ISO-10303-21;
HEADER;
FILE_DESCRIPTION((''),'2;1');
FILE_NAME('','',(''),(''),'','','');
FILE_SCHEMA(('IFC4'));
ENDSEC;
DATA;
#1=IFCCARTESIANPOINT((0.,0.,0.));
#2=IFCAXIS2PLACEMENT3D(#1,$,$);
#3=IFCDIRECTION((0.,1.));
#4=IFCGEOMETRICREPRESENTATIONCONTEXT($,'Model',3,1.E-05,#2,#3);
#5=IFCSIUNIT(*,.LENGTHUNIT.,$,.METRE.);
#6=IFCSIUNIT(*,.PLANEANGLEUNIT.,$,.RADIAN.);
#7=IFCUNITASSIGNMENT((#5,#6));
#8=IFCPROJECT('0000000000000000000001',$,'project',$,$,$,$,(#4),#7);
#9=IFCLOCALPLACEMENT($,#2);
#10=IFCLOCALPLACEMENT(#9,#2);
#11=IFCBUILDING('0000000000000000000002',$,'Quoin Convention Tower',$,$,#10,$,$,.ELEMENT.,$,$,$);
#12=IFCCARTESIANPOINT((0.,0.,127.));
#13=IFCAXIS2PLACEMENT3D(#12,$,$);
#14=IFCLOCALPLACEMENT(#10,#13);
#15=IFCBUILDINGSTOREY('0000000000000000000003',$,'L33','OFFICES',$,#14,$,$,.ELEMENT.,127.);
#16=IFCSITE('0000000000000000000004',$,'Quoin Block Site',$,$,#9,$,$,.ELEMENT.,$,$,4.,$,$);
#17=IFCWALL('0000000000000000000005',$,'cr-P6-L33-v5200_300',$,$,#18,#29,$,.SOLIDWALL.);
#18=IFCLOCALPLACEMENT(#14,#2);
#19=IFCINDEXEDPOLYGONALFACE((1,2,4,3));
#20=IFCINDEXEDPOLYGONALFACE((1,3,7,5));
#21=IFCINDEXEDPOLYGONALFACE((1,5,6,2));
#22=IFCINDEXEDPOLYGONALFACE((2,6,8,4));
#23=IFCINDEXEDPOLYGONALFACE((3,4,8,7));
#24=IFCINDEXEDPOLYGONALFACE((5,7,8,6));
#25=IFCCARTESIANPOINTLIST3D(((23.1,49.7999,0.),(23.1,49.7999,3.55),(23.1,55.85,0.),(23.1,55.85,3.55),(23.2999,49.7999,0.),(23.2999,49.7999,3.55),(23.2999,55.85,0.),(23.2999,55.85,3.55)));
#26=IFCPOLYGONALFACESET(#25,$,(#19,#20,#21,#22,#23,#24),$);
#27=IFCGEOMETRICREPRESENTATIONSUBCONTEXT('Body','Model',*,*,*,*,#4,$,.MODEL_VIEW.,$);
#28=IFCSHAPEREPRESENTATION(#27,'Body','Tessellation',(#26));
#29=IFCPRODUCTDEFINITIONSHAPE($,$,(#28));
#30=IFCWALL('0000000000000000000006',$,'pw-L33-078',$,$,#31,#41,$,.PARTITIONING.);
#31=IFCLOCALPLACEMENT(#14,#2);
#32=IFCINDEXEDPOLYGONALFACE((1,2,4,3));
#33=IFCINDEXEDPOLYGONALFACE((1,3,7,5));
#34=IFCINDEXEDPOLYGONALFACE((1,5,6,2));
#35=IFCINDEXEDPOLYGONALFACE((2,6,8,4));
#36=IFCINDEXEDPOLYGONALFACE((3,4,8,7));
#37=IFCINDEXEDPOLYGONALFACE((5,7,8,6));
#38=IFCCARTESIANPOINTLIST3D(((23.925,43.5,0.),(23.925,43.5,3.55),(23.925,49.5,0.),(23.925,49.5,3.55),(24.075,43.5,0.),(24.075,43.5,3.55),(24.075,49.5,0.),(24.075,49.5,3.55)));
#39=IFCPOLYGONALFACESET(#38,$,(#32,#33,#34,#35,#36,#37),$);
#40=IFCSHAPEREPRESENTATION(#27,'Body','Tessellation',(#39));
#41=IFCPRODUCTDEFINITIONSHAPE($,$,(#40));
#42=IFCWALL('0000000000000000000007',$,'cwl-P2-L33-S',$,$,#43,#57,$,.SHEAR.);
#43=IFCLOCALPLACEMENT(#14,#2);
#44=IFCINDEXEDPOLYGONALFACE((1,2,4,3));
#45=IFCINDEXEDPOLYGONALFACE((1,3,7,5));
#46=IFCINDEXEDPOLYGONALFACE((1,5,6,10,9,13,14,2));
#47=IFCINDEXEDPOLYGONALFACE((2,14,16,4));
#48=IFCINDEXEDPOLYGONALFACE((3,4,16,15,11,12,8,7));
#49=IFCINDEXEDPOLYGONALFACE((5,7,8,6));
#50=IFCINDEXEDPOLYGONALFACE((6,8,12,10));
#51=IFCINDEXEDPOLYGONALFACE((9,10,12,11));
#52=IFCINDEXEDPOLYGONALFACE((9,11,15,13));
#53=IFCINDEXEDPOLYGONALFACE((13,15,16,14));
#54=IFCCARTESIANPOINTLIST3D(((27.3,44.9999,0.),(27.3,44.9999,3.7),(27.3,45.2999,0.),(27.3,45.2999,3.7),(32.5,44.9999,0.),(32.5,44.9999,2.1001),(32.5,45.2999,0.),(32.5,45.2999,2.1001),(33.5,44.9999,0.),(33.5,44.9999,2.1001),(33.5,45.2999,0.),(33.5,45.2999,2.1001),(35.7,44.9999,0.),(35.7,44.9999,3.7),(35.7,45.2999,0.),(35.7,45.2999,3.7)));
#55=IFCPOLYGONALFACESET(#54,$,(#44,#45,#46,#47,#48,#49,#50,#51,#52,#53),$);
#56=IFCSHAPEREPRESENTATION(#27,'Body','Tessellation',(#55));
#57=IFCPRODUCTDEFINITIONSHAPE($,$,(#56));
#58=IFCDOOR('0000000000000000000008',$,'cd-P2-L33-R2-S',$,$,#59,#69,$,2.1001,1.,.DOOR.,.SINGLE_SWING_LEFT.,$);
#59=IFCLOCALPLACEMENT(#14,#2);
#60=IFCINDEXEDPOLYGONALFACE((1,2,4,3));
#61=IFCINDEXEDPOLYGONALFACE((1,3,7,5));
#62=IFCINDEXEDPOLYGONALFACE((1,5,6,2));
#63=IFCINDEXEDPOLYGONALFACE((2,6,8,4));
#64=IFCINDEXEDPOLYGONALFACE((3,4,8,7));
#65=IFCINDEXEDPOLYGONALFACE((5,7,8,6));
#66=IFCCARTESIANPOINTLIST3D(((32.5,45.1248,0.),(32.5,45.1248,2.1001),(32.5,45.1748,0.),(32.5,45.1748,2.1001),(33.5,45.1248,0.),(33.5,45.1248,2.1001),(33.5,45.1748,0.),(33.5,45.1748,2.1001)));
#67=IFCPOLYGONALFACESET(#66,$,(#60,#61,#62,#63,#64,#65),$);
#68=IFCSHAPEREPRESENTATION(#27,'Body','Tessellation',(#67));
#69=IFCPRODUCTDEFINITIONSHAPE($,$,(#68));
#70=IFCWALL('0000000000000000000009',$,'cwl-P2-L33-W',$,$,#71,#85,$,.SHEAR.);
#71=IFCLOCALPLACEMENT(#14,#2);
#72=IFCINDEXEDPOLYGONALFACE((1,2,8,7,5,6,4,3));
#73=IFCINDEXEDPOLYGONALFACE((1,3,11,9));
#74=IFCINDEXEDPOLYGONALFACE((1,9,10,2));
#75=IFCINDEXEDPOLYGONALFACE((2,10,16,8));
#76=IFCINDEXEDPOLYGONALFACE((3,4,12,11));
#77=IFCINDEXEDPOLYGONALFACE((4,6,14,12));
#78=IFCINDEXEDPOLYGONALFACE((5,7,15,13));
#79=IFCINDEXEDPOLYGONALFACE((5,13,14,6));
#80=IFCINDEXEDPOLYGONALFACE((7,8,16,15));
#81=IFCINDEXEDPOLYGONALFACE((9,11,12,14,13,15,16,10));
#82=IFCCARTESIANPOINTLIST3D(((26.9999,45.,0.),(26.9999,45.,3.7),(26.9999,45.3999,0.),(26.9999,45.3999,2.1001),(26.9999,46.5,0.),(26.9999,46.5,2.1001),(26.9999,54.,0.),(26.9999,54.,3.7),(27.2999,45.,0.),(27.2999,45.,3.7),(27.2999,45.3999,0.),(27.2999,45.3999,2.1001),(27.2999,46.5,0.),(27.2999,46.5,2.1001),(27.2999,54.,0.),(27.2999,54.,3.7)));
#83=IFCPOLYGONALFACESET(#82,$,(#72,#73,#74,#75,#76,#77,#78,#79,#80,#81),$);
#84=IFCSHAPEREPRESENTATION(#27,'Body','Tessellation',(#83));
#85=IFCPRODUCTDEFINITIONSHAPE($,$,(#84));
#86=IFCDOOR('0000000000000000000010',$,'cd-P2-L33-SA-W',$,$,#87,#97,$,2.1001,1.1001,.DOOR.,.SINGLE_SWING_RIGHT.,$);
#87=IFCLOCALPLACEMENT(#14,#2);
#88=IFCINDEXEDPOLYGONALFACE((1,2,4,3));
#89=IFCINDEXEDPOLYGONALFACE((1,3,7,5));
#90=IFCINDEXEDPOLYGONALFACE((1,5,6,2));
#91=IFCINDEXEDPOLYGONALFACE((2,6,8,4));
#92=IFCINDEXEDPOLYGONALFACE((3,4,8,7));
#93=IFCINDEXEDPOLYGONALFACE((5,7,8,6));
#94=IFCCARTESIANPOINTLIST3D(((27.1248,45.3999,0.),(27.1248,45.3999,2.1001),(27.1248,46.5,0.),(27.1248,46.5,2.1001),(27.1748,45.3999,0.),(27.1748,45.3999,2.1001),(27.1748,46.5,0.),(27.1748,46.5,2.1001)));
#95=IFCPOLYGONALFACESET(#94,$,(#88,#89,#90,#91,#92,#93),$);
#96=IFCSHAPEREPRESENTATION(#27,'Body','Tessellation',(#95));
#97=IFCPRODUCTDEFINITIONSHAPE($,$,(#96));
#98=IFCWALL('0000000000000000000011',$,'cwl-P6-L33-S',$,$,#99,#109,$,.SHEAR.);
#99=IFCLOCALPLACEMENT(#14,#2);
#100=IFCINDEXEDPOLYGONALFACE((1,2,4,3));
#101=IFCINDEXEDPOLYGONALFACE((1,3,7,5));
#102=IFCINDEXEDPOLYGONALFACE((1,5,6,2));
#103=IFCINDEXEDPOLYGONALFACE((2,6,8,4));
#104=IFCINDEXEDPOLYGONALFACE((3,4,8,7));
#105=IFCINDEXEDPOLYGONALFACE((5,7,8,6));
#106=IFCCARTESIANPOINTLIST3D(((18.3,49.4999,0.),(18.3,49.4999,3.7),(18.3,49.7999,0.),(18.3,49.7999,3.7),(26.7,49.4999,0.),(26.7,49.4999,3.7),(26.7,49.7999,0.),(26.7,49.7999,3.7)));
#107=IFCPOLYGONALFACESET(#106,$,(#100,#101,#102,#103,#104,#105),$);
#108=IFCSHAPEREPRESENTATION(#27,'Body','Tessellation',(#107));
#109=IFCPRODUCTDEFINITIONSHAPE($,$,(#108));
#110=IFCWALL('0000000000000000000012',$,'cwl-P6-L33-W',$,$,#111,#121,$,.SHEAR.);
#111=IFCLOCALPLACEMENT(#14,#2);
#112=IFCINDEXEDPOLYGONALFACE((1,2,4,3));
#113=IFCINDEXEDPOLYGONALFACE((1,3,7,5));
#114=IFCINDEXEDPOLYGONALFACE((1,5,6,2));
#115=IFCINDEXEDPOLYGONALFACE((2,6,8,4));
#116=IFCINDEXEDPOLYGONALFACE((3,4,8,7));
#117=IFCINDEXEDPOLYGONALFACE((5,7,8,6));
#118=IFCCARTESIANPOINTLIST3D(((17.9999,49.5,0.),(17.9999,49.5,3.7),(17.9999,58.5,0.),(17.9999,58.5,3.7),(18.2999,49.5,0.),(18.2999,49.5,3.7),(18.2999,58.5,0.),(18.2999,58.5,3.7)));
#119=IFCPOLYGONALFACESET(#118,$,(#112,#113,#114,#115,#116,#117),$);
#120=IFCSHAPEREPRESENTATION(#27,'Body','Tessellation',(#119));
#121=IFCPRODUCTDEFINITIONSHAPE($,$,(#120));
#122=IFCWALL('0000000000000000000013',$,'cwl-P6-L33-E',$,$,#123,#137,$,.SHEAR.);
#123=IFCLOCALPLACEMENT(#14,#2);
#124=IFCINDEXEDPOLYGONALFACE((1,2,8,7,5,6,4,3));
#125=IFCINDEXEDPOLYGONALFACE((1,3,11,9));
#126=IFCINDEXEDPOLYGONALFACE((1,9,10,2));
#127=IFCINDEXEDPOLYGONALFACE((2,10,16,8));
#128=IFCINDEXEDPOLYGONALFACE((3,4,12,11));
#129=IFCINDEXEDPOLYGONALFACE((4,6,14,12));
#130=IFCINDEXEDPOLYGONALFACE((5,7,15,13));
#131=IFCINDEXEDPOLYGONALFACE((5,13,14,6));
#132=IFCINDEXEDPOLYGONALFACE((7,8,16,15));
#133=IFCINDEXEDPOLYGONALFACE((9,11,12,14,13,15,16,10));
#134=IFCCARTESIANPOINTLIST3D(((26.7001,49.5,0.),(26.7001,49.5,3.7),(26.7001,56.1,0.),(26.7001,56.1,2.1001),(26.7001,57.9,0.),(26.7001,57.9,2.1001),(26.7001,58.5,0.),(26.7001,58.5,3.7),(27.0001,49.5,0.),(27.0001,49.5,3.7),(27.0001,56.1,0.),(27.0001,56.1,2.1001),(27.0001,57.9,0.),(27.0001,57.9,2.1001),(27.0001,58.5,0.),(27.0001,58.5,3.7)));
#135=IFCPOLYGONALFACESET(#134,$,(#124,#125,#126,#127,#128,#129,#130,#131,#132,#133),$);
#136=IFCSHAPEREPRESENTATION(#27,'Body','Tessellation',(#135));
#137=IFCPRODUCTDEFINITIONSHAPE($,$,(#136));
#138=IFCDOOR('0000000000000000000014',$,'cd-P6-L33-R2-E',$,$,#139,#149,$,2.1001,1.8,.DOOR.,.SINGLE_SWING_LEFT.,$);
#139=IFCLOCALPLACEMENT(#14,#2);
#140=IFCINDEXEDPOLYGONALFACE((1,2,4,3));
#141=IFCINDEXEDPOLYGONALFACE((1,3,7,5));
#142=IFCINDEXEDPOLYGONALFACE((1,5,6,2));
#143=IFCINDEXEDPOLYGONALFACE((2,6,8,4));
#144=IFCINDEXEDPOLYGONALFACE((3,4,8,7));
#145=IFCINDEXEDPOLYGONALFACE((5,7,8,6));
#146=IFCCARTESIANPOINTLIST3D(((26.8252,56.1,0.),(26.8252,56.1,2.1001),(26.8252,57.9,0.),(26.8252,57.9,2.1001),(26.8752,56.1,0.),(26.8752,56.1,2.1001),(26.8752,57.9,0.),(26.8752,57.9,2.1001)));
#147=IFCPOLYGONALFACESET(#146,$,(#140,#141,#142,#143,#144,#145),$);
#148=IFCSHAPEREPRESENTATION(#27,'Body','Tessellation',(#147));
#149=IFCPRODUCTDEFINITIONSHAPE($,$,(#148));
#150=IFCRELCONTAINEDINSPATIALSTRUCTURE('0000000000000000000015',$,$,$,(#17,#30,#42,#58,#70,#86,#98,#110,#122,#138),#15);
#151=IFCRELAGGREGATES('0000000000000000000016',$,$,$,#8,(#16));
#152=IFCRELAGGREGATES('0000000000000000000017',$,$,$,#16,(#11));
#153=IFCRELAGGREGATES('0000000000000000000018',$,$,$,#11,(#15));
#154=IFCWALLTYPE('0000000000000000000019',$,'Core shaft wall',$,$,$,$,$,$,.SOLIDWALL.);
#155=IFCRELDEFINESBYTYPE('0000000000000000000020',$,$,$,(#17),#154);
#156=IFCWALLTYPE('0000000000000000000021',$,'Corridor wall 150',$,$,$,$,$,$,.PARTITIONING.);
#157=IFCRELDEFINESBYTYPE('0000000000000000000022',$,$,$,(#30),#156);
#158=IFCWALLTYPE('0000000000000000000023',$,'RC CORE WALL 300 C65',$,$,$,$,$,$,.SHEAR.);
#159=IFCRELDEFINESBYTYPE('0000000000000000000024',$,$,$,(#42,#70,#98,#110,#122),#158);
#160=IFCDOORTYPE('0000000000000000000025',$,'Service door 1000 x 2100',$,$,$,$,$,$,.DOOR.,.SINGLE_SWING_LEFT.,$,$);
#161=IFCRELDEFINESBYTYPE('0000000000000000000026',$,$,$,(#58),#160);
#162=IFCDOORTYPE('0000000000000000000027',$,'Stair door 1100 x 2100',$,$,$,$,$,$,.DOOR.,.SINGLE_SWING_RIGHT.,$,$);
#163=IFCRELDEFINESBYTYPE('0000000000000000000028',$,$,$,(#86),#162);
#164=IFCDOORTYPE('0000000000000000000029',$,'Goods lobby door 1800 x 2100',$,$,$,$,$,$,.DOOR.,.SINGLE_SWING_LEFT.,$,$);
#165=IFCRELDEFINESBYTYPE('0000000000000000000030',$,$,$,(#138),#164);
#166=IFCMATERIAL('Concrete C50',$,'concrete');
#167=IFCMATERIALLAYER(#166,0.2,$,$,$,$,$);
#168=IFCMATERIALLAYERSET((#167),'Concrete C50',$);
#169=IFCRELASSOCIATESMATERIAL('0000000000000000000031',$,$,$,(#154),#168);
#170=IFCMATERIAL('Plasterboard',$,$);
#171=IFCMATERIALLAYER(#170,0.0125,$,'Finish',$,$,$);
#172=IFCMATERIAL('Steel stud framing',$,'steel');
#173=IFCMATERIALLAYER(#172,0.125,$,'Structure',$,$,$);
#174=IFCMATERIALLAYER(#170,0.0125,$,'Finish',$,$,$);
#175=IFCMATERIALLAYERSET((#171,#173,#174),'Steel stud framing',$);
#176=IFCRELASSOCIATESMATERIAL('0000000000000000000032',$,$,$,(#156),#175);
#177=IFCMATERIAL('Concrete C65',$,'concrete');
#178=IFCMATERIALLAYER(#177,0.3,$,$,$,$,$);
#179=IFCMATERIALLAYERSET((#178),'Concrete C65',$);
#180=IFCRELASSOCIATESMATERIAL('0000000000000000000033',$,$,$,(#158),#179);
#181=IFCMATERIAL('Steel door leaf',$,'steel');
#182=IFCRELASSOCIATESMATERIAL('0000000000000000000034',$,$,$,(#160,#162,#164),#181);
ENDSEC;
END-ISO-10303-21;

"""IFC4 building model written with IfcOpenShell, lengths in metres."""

from ifc_helpers import new_model, si_unit, direction, frame, frame_2d, origin, place, context, subcontext, project, spatial, rectangle, extrude, material, layer, layer_set, type_object, element, fill, save


model = new_model("IFC4")

# Units and contexts
model_context = context("Model", 3, precision=1e-05, world=origin(), true_north=direction((0.0, 1.0)))
body_context = subcontext(model_context, "Body", "Model", "MODEL_VIEW")
ifc_project = project(units=[si_unit("LENGTHUNIT", "METRE"), si_unit("PLANEANGLEUNIT", "RADIAN")], contexts=[model_context])

# Site, building, storey
site_placement = place(None, origin())
site = spatial("IfcSite", under=ifc_project, at=site_placement, Name="Quoin Block Site", CompositionType="ELEMENT", RefElevation=4.0)
building_placement = place(site_placement, origin())
building = spatial("IfcBuilding", under=site, at=building_placement, Name="Quoin Convention Tower", CompositionType="ELEMENT")
storey_placement = place(building_placement, frame((0.0, 0.0, 127.0)))
storey = spatial("IfcBuildingStorey", under=building, at=storey_placement, Name="L33", Description="OFFICES", CompositionType="ELEMENT", Elevation=127.0)

# Shared definitions
ifc_material_1 = material(Name="Concrete C65", Category="concrete")

# Walls
ifc_material_2 = material(Name="Concrete C50", Category="concrete")
ifc_layer_1 = layer(ifc_material_2, 0.2)
ifc_layer_set_1 = layer_set([ifc_layer_1], Name="Concrete C50")
wall_type_1 = type_object("IfcWallType", Name="Core shaft wall", PredefinedType="SOLIDWALL", material=ifc_layer_set_1)
for number, where, z_axis, x_axis, name in (
    (1, (23.2, 49.8, 0.0), (0.0, 0.0, 1.0), (0.0, 1.0, 0.0), "cr-P6-L33-v5200_300"),
):
    element("IfcWall", number, at=place(storey_placement, frame(where, z_axis=z_axis, x_axis=x_axis)), inside=storey, type_object=wall_type_1, Name=name, PredefinedType="SOLIDWALL", context=body_context, shape_type="SweptSolid", body=[
        extrude(rectangle(XDim=6.05, YDim=0.2, at=frame_2d((3.0249, 0.0))), origin(), (0.0, 0.0, 1.0), 3.55),
    ])
ifc_material_3 = material(Name="Plasterboard")
ifc_layer_2 = layer(ifc_material_3, 0.0125, Name="Finish")
ifc_material_4 = material(Name="Steel stud framing", Category="steel")
ifc_layer_3 = layer(ifc_material_4, 0.125, Name="Structure")
ifc_layer_4 = layer(ifc_material_3, 0.0125, Name="Finish")
ifc_layer_set_2 = layer_set([ifc_layer_2, ifc_layer_3, ifc_layer_4], Name="Steel stud framing")
wall_type_2 = type_object("IfcWallType", Name="Corridor wall 150", PredefinedType="PARTITIONING", material=ifc_layer_set_2)
wall_1_placement = place(storey_placement, frame((24.0, 43.5, 0.0), z_axis=(0.0, 0.0, 1.0), x_axis=(0.0, 1.0, 0.0)))
element("IfcWall", 2, at=wall_1_placement, inside=storey, type_object=wall_type_2, Name="pw-L33-078", PredefinedType="PARTITIONING", context=body_context, shape_type="SweptSolid", body=[
    extrude(rectangle(XDim=6.0, YDim=0.1499, at=frame_2d((3.0, 0.0))), origin(), (0.0, 0.0, 1.0), 3.55),
])

# Walls, openings, doors
ifc_layer_5 = layer(ifc_material_1, 0.3)
ifc_layer_set_3 = layer_set([ifc_layer_5], Name="Concrete C65")
wall_type_3 = type_object("IfcWallType", Name="RC CORE WALL 300 C65", PredefinedType="SHEAR", material=ifc_layer_set_3)
wall_2_placement = place(storey_placement, frame((27.3, 45.1499, 0.0), z_axis=(0.0, 0.0, 1.0), x_axis=(1.0, 0.0, 0.0)))
wall_2 = element("IfcWall", 3, at=wall_2_placement, inside=storey, type_object=wall_type_3, Name="cwl-P2-L33-S", PredefinedType="SHEAR", context=body_context, shape_type="SweptSolid", body=[
    extrude(rectangle(XDim=8.3999, YDim=0.3, at=frame_2d((4.2, 0.0))), origin(), (0.0, 0.0, 1.0), 3.7),
])
opening_1_placement = place(wall_2_placement, frame((5.2, 0.0, 0.0)))
opening_1 = element("IfcOpeningElement", 4, at=opening_1_placement, cuts=wall_2, PredefinedType="OPENING", context=body_context, shape_type="SweptSolid", body=[
    extrude(rectangle(XDim=1.0, YDim=2.1001, at=frame_2d((0.5, 1.05))), frame((0.0, 0.1599, 0.0), z_axis=(0.0, -1.0, 0.0), x_axis=(1.0, 0.0, 0.0)), (0.0, 0.0, 1.0), 0.3201),
])
ifc_material_5 = material(Name="Steel door leaf", Category="steel")
door_type_1 = type_object("IfcDoorType", Name="Service door 1000 x 2100", OperationType="SINGLE_SWING_LEFT", PredefinedType="DOOR", material=ifc_material_5)
door_1_placement = place(opening_1_placement, origin())
door_1 = element("IfcDoor", 5, at=door_1_placement, inside=storey, type_object=door_type_1, Name="cd-P2-L33-R2-S", OperationType="SINGLE_SWING_LEFT", OverallHeight=2.1001, OverallWidth=1.0, PredefinedType="DOOR", context=body_context, shape_type="SweptSolid", body=[
    extrude(rectangle(XDim=1.0, YDim=2.1001, at=frame_2d((0.5, 1.05))), frame((0.0, 0.0249, 0.0), z_axis=(0.0, -1.0, 0.0), x_axis=(1.0, 0.0, 0.0)), (0.0, 0.0, 1.0), 0.05),
])
fill(opening_1, door_1)
wall_3_placement = place(storey_placement, frame((27.1499, 45.0, 0.0), z_axis=(0.0, 0.0, 1.0), x_axis=(0.0, 1.0, 0.0)))
wall_3 = element("IfcWall", 6, at=wall_3_placement, inside=storey, type_object=wall_type_3, Name="cwl-P2-L33-W", PredefinedType="SHEAR", context=body_context, shape_type="SweptSolid", body=[
    extrude(rectangle(XDim=9.0, YDim=0.3, at=frame_2d((4.5, 0.0))), origin(), (0.0, 0.0, 1.0), 3.7),
])
opening_2_placement = place(wall_3_placement, frame((0.3999, 0.0, 0.0)))
opening_2 = element("IfcOpeningElement", 7, at=opening_2_placement, cuts=wall_3, PredefinedType="OPENING", context=body_context, shape_type="SweptSolid", body=[
    extrude(rectangle(XDim=1.1001, YDim=2.1001, at=frame_2d((0.55, 1.05))), frame((0.0, 0.1599, 0.0), z_axis=(0.0, -1.0, 0.0), x_axis=(1.0, 0.0, 0.0)), (0.0, 0.0, 1.0), 0.3201),
])
door_type_2 = type_object("IfcDoorType", Name="Stair door 1100 x 2100", OperationType="SINGLE_SWING_RIGHT", PredefinedType="DOOR", material=ifc_material_5)
door_2_placement = place(opening_2_placement, frame((1.1001, 0.0, 0.0), z_axis=(0.0, 0.0, 1.0), x_axis=(-1.0, 0.0, 0.0)))
door_2 = element("IfcDoor", 8, at=door_2_placement, inside=storey, type_object=door_type_2, Name="cd-P2-L33-SA-W", OperationType="SINGLE_SWING_RIGHT", OverallHeight=2.1001, OverallWidth=1.1001, PredefinedType="DOOR", context=body_context, shape_type="SweptSolid", body=[
    extrude(rectangle(XDim=1.1001, YDim=2.1001, at=frame_2d((0.55, 1.05))), frame((0.0, 0.0249, 0.0), z_axis=(0.0, -1.0, 0.0), x_axis=(1.0, 0.0, 0.0)), (0.0, 0.0, 1.0), 0.05),
])
fill(opening_2, door_2)

# Walls
wall_4_placement = place(storey_placement, frame((18.3, 49.6499, 0.0), z_axis=(0.0, 0.0, 1.0), x_axis=(1.0, 0.0, 0.0)))
element("IfcWall", 9, at=wall_4_placement, inside=storey, type_object=wall_type_3, Name="cwl-P6-L33-S", PredefinedType="SHEAR", context=body_context, shape_type="SweptSolid", body=[
    extrude(rectangle(XDim=8.3999, YDim=0.3, at=frame_2d((4.2, 0.0))), origin(), (0.0, 0.0, 1.0), 3.7),
])
wall_5_placement = place(storey_placement, frame((18.1499, 49.5, 0.0), z_axis=(0.0, 0.0, 1.0), x_axis=(0.0, 1.0, 0.0)))
element("IfcWall", 10, at=wall_5_placement, inside=storey, type_object=wall_type_3, Name="cwl-P6-L33-W", PredefinedType="SHEAR", context=body_context, shape_type="SweptSolid", body=[
    extrude(rectangle(XDim=9.0, YDim=0.3, at=frame_2d((4.5, 0.0))), origin(), (0.0, 0.0, 1.0), 3.7),
])

# Wall, opening, door
wall_6_placement = place(storey_placement, frame((26.8501, 49.5, 0.0), z_axis=(0.0, 0.0, 1.0), x_axis=(0.0, 1.0, 0.0)))
wall_6 = element("IfcWall", 11, at=wall_6_placement, inside=storey, type_object=wall_type_3, Name="cwl-P6-L33-E", PredefinedType="SHEAR", context=body_context, shape_type="SweptSolid", body=[
    extrude(rectangle(XDim=9.0, YDim=0.3, at=frame_2d((4.5, 0.0))), origin(), (0.0, 0.0, 1.0), 3.7),
])
opening_3_placement = place(wall_6_placement, frame((6.6001, 0.0, 0.0)))
opening_3 = element("IfcOpeningElement", 12, at=opening_3_placement, cuts=wall_6, PredefinedType="OPENING", context=body_context, shape_type="SweptSolid", body=[
    extrude(rectangle(XDim=1.8, YDim=2.1001, at=frame_2d((0.8999, 1.05))), frame((0.0, 0.1599, 0.0), z_axis=(0.0, -1.0, 0.0), x_axis=(1.0, 0.0, 0.0)), (0.0, 0.0, 1.0), 0.3201),
])
door_type_3 = type_object("IfcDoorType", Name="Goods lobby door 1800 x 2100", OperationType="SINGLE_SWING_LEFT", PredefinedType="DOOR", material=ifc_material_5)
door_3_placement = place(opening_3_placement, origin())
door_3 = element("IfcDoor", 13, at=door_3_placement, inside=storey, type_object=door_type_3, Name="cd-P6-L33-R2-E", OperationType="SINGLE_SWING_LEFT", OverallHeight=2.1001, OverallWidth=1.8, PredefinedType="DOOR", context=body_context, shape_type="SweptSolid", body=[
    extrude(rectangle(XDim=1.8, YDim=2.1001, at=frame_2d((0.8999, 1.05))), frame((0.0, 0.0249, 0.0), z_axis=(0.0, -1.0, 0.0), x_axis=(1.0, 0.0, 0.0)), (0.0, 0.0, 1.0), 0.05),
])
fill(opening_3, door_3)

save(model, "model.ifc")
